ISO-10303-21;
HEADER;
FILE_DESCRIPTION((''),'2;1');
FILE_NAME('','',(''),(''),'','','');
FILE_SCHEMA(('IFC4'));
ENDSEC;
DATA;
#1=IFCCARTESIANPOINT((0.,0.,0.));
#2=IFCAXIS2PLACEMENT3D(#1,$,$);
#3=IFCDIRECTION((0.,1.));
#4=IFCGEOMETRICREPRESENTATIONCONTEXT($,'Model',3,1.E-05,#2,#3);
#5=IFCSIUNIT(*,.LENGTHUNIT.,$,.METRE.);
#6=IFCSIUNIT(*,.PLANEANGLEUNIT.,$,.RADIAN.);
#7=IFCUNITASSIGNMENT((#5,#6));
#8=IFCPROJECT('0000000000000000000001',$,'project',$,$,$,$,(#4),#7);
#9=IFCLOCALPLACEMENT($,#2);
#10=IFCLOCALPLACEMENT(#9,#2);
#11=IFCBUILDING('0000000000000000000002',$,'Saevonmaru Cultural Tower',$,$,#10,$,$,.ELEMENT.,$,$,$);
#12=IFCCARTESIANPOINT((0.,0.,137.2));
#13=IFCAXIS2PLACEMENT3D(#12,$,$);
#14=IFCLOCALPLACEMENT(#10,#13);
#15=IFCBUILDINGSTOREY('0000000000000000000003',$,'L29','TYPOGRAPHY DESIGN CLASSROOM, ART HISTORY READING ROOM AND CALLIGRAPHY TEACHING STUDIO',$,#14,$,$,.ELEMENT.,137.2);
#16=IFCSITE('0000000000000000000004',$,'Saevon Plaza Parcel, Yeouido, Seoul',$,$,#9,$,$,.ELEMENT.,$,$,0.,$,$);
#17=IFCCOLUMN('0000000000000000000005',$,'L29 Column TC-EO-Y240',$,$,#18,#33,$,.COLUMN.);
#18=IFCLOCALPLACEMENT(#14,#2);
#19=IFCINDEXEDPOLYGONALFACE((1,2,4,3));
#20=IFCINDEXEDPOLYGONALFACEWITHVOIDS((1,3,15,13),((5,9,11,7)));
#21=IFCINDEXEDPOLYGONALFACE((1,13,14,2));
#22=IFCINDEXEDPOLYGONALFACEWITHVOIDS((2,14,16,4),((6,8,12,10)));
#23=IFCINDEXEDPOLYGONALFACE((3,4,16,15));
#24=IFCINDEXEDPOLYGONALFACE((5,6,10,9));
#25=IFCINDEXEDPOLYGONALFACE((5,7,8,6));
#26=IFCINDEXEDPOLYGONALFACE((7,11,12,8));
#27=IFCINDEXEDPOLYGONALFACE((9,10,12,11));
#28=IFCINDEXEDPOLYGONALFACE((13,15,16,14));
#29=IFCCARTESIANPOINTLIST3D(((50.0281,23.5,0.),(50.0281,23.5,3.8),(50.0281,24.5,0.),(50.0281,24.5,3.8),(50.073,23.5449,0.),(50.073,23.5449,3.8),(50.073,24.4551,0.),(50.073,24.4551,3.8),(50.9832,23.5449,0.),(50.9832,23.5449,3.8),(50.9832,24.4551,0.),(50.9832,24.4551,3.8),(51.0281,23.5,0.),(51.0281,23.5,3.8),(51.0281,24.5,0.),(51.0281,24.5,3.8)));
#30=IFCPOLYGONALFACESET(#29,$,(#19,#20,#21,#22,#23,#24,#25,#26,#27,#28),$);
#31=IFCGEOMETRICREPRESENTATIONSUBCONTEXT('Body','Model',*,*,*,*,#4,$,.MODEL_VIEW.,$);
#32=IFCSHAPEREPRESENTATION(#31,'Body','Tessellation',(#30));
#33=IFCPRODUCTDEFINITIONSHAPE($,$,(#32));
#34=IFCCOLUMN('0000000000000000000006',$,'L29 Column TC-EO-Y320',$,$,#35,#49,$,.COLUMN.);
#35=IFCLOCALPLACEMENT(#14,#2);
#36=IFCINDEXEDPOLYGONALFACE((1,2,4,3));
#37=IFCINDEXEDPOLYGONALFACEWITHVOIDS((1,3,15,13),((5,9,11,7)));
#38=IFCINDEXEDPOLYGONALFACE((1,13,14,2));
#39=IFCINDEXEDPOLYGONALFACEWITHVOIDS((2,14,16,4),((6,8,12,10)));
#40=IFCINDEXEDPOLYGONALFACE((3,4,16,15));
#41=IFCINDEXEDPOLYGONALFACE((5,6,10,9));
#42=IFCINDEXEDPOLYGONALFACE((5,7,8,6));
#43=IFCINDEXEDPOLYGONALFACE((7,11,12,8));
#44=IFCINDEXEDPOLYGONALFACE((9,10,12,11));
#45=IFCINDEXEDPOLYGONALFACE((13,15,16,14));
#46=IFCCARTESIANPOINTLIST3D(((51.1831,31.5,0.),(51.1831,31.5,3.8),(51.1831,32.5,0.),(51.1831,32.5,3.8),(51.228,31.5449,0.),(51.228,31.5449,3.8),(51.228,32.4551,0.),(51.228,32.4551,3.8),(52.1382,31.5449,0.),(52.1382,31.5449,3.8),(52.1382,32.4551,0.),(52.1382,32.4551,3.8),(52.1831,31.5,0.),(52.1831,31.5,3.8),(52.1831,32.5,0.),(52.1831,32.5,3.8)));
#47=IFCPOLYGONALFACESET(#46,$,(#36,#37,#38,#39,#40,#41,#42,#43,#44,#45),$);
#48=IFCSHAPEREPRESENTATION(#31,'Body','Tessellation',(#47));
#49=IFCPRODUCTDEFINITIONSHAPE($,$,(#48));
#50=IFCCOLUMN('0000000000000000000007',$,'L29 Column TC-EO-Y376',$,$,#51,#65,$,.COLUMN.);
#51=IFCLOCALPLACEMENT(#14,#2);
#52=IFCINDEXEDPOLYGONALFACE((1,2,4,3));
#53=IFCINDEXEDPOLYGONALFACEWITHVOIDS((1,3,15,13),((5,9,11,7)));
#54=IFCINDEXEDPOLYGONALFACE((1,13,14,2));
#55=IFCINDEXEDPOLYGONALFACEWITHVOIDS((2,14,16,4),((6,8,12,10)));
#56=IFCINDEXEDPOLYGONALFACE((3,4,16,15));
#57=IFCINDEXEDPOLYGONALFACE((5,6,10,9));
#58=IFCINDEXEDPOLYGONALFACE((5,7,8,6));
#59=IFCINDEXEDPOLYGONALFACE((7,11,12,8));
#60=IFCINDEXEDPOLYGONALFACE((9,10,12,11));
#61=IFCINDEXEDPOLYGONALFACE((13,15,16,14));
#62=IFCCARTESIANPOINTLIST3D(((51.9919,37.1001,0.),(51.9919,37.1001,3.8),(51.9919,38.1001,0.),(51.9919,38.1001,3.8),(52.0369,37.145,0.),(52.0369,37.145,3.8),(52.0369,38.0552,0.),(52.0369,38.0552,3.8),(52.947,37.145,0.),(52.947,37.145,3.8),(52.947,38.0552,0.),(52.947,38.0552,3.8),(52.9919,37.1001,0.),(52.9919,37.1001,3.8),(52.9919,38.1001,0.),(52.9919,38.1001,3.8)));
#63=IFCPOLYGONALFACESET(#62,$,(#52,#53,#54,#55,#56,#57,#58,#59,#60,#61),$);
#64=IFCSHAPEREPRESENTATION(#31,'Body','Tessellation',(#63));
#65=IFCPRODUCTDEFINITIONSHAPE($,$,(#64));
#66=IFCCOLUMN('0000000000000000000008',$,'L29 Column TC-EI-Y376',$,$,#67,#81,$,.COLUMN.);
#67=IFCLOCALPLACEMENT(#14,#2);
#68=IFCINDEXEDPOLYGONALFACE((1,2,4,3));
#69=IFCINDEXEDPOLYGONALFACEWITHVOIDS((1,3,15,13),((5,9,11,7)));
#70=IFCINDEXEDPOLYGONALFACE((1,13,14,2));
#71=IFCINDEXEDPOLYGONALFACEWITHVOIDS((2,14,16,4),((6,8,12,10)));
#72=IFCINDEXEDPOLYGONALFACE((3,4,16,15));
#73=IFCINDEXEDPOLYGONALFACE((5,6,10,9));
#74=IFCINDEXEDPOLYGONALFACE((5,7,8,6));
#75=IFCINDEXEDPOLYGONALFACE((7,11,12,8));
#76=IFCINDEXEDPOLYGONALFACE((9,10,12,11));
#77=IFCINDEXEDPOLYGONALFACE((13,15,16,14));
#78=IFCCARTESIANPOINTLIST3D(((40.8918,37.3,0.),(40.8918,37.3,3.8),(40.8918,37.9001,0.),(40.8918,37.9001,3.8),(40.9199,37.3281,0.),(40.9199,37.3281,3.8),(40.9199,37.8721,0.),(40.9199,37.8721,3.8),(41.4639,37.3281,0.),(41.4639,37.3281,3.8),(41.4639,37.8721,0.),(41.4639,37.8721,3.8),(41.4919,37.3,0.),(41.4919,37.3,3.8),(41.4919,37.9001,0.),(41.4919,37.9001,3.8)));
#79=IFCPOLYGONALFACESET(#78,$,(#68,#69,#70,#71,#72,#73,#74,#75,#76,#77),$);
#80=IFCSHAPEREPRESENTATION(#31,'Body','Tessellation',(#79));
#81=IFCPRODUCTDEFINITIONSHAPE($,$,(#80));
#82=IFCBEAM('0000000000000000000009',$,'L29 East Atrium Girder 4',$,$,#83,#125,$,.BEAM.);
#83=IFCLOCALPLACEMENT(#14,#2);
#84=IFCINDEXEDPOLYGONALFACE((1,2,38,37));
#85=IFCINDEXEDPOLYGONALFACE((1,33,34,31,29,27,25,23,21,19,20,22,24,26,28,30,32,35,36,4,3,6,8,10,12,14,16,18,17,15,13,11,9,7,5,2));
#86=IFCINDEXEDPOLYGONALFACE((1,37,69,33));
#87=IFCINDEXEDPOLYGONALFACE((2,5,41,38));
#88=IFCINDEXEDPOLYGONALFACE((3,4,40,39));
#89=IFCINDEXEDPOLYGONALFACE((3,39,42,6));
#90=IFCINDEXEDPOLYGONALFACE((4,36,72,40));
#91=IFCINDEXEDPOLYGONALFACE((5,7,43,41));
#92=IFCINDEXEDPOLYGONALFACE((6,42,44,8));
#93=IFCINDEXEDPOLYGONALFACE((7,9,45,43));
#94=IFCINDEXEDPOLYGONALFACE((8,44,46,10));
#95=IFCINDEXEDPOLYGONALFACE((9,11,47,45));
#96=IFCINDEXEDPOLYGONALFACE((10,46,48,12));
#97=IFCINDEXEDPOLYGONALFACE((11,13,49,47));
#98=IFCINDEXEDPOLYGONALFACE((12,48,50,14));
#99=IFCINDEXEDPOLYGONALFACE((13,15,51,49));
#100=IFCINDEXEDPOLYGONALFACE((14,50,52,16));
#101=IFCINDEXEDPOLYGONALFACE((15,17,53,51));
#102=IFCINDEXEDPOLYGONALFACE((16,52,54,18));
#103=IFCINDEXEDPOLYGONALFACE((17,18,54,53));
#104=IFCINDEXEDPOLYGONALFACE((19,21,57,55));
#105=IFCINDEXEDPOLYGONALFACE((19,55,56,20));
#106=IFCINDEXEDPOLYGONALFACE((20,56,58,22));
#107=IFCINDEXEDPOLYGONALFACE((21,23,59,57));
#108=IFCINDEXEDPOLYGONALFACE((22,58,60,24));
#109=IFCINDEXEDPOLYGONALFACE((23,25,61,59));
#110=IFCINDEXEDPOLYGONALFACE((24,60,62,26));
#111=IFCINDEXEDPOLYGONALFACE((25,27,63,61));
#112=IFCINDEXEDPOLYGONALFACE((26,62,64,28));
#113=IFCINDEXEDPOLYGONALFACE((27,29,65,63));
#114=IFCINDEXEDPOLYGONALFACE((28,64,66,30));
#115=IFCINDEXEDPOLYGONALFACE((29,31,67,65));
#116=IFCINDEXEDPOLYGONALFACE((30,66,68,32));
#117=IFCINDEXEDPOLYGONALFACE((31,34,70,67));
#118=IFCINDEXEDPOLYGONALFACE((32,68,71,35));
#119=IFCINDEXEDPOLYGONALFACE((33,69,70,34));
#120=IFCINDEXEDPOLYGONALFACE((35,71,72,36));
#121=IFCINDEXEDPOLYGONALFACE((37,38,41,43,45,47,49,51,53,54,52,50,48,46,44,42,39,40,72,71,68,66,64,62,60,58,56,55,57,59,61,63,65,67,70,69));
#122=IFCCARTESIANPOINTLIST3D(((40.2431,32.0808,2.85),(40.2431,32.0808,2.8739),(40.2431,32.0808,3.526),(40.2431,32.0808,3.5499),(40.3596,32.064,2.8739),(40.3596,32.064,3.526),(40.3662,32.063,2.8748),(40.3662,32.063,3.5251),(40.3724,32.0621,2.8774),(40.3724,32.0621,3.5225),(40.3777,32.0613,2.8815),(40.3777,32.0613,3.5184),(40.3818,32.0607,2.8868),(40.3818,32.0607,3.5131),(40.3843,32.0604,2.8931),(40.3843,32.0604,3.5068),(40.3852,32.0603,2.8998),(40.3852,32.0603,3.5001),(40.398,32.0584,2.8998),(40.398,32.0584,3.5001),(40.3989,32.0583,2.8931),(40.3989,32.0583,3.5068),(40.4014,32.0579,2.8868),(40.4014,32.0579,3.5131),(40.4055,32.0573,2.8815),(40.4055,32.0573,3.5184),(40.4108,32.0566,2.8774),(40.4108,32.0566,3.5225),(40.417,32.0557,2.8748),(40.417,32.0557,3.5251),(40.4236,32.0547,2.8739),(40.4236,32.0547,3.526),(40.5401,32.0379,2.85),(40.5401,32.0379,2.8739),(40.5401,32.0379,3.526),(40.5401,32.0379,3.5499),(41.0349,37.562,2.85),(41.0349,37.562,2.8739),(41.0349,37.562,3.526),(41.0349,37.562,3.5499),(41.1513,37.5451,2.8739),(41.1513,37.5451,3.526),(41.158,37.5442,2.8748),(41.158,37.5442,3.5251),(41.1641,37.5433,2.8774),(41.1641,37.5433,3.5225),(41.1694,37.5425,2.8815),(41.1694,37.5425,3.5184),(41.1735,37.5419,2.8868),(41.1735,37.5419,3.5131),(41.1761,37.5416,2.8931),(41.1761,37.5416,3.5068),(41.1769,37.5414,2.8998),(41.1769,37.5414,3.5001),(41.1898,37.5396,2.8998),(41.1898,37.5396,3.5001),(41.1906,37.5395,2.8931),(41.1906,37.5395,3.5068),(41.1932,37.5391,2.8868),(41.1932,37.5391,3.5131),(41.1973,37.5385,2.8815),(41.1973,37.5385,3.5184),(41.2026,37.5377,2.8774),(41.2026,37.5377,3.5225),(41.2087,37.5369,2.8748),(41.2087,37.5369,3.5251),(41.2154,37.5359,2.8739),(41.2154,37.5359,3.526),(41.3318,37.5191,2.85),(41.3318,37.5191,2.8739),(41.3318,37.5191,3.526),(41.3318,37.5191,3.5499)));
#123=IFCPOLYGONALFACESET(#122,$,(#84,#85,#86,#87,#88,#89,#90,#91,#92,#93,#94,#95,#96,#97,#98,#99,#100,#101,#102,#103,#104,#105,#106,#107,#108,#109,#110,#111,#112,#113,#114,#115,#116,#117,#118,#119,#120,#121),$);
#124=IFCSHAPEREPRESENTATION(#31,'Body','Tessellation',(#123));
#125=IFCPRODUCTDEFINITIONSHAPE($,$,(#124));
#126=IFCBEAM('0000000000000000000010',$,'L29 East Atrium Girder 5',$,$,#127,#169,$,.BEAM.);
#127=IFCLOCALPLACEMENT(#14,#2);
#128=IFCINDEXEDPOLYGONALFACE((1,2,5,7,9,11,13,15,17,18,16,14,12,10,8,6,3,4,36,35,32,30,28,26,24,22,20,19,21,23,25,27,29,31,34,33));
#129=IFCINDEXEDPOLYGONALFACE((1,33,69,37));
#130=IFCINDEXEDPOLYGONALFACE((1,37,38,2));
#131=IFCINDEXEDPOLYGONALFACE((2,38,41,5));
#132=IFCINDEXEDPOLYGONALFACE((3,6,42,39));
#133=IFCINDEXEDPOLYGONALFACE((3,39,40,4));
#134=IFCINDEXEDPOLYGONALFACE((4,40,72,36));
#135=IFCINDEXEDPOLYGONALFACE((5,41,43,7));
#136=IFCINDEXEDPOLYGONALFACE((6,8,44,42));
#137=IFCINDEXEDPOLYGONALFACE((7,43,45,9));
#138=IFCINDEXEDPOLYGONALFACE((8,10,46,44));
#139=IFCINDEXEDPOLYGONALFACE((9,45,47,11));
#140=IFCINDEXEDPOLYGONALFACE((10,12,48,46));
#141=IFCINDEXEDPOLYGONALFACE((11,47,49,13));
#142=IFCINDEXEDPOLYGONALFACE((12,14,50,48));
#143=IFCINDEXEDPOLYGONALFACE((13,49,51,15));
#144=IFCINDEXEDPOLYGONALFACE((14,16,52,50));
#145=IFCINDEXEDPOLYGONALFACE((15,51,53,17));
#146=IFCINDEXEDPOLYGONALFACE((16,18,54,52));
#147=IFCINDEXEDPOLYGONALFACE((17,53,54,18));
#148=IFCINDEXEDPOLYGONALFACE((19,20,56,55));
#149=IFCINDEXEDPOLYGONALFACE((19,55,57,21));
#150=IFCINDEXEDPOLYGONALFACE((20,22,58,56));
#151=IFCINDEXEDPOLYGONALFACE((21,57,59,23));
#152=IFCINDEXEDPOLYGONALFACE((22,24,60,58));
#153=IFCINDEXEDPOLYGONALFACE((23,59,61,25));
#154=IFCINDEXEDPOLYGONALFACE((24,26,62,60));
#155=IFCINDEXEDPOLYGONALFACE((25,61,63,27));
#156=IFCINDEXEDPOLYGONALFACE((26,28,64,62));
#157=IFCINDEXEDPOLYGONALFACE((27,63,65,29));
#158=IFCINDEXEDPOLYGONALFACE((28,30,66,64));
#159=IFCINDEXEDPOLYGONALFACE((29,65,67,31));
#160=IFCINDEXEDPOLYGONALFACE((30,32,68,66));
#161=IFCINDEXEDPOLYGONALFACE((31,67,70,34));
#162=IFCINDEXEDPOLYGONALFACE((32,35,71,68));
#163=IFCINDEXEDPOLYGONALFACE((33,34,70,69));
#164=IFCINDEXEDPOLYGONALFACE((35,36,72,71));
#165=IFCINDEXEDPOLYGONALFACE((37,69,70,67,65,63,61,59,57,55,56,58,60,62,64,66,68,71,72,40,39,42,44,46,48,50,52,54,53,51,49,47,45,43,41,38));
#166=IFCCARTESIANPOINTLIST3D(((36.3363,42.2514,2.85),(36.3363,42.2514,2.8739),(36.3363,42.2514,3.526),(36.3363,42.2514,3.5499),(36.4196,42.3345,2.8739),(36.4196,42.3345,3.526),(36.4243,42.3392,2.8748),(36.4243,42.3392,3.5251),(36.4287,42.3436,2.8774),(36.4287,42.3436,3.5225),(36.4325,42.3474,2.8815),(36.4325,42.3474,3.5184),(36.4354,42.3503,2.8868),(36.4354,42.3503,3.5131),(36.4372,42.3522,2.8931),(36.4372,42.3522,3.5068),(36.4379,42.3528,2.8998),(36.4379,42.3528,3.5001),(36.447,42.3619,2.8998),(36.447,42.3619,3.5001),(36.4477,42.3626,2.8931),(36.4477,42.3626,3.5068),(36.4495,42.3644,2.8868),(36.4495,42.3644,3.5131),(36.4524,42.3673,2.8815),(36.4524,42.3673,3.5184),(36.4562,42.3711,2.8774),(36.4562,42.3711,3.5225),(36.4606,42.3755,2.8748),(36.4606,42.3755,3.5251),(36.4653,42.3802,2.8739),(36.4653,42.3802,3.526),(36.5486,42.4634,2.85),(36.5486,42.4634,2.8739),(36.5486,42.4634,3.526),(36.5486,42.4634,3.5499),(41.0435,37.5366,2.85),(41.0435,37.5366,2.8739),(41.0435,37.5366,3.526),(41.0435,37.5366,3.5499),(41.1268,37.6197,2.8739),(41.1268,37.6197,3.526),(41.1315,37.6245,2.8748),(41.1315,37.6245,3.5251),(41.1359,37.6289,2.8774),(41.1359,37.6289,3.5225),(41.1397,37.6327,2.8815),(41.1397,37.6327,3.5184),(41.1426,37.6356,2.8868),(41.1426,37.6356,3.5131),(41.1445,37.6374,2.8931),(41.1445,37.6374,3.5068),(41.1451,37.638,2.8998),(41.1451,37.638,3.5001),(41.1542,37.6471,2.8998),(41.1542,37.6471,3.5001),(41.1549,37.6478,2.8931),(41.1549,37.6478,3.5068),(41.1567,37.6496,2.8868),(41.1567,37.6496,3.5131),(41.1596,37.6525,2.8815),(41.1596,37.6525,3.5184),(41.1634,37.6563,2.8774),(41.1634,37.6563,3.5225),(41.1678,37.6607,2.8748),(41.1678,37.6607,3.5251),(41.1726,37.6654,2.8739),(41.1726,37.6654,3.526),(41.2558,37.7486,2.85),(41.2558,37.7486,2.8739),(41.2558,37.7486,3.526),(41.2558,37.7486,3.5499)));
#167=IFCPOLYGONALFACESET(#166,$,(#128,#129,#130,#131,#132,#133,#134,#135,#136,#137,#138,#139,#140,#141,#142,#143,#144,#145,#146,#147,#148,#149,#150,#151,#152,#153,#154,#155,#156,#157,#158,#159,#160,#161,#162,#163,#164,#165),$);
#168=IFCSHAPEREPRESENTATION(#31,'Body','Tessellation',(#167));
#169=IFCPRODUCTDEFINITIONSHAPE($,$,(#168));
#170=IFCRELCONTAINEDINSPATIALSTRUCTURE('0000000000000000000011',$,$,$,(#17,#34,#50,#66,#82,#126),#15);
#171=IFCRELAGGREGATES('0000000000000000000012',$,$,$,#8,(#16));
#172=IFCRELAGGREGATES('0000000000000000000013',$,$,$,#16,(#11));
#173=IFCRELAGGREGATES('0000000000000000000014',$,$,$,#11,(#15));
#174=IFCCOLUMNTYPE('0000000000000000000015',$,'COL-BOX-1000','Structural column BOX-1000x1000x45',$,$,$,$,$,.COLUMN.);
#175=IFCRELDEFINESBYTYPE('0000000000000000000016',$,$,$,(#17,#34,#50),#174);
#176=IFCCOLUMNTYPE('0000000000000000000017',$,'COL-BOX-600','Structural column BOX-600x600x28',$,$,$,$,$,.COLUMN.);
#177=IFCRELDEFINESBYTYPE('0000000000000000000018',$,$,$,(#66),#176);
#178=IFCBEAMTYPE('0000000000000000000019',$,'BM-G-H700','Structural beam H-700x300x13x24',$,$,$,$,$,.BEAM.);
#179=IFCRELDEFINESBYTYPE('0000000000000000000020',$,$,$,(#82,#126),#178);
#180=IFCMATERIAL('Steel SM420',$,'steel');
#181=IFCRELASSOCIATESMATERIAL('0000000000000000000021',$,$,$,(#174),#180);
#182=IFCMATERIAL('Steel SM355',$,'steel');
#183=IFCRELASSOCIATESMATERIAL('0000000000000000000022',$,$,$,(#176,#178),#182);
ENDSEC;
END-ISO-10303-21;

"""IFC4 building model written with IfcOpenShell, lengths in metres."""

from ifc_helpers import new_model, si_unit, direction, frame, origin, origin_2d, place, context, subcontext, project, spatial, hollow_rectangle, i_section, extrude, material, material_profile, profile_set, type_object, element, save


model = new_model("IFC4")

# Units and contexts
model_context = context("Model", 3, precision=1e-05, world=origin(), true_north=direction((0.0, 1.0)))
body_context = subcontext(model_context, "Body", "Model", "MODEL_VIEW")
ifc_project = project(units=[si_unit("LENGTHUNIT", "METRE"), si_unit("PLANEANGLEUNIT", "RADIAN")], contexts=[model_context])

# Site, building, storey
site_placement = place(None, origin())
site = spatial("IfcSite", under=ifc_project, at=site_placement, Name="Saevon Plaza Parcel, Yeouido, Seoul", CompositionType="ELEMENT", RefElevation=0.0)
building_placement = place(site_placement, origin())
building = spatial("IfcBuilding", under=site, at=building_placement, Name="Saevonmaru Cultural Tower", CompositionType="ELEMENT")
storey_placement = place(building_placement, frame((0.0, 0.0, 137.2)))
storey = spatial("IfcBuildingStorey", under=building, at=storey_placement, Name="L29", Description="TYPOGRAPHY DESIGN CLASSROOM, ART HISTORY READING ROOM AND CALLIGRAPHY TEACHING STUDIO", CompositionType="ELEMENT", Elevation=137.2)

# Columns
ifc_material_1 = material(Name="Steel SM420", Category="steel")
ifc_material_profile_1 = material_profile(ifc_material_1, hollow_rectangle(XDim=1.0, YDim=1.0, WallThickness=0.0449, at=origin_2d()), Name="BOX-1000x1000x45")
ifc_profile_set_1 = profile_set([ifc_material_profile_1], Name="Steel SM420")
column_type_1 = type_object("IfcColumnType", Name="COL-BOX-1000", Description="Structural column BOX-1000x1000x45", PredefinedType="COLUMN", material=ifc_profile_set_1)
for number, where, z_axis, x_axis, name in (
    (1, (50.5281, 24.0, 0.0), (0.0, 0.0, 1.0), (1.0, 0.0, 0.0), "L29 Column TC-EO-Y240"),
    (2, (51.6831, 32.0, 0.0), (0.0, 0.0, 1.0), (1.0, 0.0, 0.0), "L29 Column TC-EO-Y320"),
    (3, (52.4919, 37.6001, 0.0), (0.0, 0.0, 1.0), (1.0, 0.0, 0.0), "L29 Column TC-EO-Y376"),
):
    element("IfcColumn", number, at=place(storey_placement, frame(where, z_axis=z_axis, x_axis=x_axis)), inside=storey, type_object=column_type_1, Name=name, PredefinedType="COLUMN", context=body_context, shape_type="SweptSolid", body=[
        extrude(hollow_rectangle(XDim=1.0, YDim=1.0, WallThickness=0.0449, at=origin_2d()), origin(), (0.0, 0.0, 1.0), 3.8),
    ])
ifc_material_2 = material(Name="Steel SM355", Category="steel")
ifc_material_profile_2 = material_profile(ifc_material_2, hollow_rectangle(XDim=0.6001, YDim=0.6001, WallThickness=0.0281, at=origin_2d()), Name="BOX-600x600x28")
ifc_profile_set_2 = profile_set([ifc_material_profile_2], Name="Steel SM355")
column_type_2 = type_object("IfcColumnType", Name="COL-BOX-600", Description="Structural column BOX-600x600x28", PredefinedType="COLUMN", material=ifc_profile_set_2)
column_placement = place(storey_placement, frame((41.1919, 37.6001, 0.0), z_axis=(0.0, 0.0, 1.0), x_axis=(1.0, 0.0, 0.0)))
element("IfcColumn", 4, at=column_placement, inside=storey, type_object=column_type_2, Name="L29 Column TC-EI-Y376", PredefinedType="COLUMN", context=body_context, shape_type="SweptSolid", body=[
    extrude(hollow_rectangle(XDim=0.6001, YDim=0.6001, WallThickness=0.0281, at=origin_2d()), origin(), (0.0, 0.0, 1.0), 3.8),
])

# Beams
ifc_material_profile_3 = material_profile(ifc_material_2, i_section(OverallWidth=0.3, OverallDepth=0.7, WebThickness=0.0129, FlangeThickness=0.0239, FilletRadius=0.0259, at=origin_2d()), Name="H-700x300x13x24")
ifc_profile_set_3 = profile_set([ifc_material_profile_3], Name="Steel SM355")
beam_type_1 = type_object("IfcBeamType", Name="BM-G-H700", Description="Structural beam H-700x300x13x24", PredefinedType="BEAM", material=ifc_profile_set_3)
beam_1_placement = place(storey_placement, frame((40.3916, 32.0593, 3.2), z_axis=(0.142964, 0.989728, 0.0), x_axis=(-0.989728, 0.142964, 0.0)))
element("IfcBeam", 5, at=beam_1_placement, inside=storey, type_object=beam_type_1, Name="L29 East Atrium Girder 4", PredefinedType="BEAM", context=body_context, shape_type="SweptSolid", body=[
    extrude(i_section(OverallWidth=0.3, OverallDepth=0.7, WebThickness=0.0129, FlangeThickness=0.0239, FilletRadius=0.0259, at=origin_2d()), origin(), (0.0, 0.0, 1.0), 5.5381),
])
beam_2_placement = place(storey_placement, frame((41.1497, 37.6426, 3.2), z_axis=(-0.706539, 0.707675, 0.0), x_axis=(-0.707675, -0.706539, 0.0)))
element("IfcBeam", 6, at=beam_2_placement, inside=storey, type_object=beam_type_1, Name="L29 East Atrium Girder 5", PredefinedType="BEAM", context=body_context, shape_type="SweptSolid", body=[
    extrude(i_section(OverallWidth=0.3, OverallDepth=0.7, WebThickness=0.0129, FlangeThickness=0.0239, FilletRadius=0.0259, at=origin_2d()), origin(), (0.0, 0.0, 1.0), 6.6624),
])

save(model, "model.ifc")
